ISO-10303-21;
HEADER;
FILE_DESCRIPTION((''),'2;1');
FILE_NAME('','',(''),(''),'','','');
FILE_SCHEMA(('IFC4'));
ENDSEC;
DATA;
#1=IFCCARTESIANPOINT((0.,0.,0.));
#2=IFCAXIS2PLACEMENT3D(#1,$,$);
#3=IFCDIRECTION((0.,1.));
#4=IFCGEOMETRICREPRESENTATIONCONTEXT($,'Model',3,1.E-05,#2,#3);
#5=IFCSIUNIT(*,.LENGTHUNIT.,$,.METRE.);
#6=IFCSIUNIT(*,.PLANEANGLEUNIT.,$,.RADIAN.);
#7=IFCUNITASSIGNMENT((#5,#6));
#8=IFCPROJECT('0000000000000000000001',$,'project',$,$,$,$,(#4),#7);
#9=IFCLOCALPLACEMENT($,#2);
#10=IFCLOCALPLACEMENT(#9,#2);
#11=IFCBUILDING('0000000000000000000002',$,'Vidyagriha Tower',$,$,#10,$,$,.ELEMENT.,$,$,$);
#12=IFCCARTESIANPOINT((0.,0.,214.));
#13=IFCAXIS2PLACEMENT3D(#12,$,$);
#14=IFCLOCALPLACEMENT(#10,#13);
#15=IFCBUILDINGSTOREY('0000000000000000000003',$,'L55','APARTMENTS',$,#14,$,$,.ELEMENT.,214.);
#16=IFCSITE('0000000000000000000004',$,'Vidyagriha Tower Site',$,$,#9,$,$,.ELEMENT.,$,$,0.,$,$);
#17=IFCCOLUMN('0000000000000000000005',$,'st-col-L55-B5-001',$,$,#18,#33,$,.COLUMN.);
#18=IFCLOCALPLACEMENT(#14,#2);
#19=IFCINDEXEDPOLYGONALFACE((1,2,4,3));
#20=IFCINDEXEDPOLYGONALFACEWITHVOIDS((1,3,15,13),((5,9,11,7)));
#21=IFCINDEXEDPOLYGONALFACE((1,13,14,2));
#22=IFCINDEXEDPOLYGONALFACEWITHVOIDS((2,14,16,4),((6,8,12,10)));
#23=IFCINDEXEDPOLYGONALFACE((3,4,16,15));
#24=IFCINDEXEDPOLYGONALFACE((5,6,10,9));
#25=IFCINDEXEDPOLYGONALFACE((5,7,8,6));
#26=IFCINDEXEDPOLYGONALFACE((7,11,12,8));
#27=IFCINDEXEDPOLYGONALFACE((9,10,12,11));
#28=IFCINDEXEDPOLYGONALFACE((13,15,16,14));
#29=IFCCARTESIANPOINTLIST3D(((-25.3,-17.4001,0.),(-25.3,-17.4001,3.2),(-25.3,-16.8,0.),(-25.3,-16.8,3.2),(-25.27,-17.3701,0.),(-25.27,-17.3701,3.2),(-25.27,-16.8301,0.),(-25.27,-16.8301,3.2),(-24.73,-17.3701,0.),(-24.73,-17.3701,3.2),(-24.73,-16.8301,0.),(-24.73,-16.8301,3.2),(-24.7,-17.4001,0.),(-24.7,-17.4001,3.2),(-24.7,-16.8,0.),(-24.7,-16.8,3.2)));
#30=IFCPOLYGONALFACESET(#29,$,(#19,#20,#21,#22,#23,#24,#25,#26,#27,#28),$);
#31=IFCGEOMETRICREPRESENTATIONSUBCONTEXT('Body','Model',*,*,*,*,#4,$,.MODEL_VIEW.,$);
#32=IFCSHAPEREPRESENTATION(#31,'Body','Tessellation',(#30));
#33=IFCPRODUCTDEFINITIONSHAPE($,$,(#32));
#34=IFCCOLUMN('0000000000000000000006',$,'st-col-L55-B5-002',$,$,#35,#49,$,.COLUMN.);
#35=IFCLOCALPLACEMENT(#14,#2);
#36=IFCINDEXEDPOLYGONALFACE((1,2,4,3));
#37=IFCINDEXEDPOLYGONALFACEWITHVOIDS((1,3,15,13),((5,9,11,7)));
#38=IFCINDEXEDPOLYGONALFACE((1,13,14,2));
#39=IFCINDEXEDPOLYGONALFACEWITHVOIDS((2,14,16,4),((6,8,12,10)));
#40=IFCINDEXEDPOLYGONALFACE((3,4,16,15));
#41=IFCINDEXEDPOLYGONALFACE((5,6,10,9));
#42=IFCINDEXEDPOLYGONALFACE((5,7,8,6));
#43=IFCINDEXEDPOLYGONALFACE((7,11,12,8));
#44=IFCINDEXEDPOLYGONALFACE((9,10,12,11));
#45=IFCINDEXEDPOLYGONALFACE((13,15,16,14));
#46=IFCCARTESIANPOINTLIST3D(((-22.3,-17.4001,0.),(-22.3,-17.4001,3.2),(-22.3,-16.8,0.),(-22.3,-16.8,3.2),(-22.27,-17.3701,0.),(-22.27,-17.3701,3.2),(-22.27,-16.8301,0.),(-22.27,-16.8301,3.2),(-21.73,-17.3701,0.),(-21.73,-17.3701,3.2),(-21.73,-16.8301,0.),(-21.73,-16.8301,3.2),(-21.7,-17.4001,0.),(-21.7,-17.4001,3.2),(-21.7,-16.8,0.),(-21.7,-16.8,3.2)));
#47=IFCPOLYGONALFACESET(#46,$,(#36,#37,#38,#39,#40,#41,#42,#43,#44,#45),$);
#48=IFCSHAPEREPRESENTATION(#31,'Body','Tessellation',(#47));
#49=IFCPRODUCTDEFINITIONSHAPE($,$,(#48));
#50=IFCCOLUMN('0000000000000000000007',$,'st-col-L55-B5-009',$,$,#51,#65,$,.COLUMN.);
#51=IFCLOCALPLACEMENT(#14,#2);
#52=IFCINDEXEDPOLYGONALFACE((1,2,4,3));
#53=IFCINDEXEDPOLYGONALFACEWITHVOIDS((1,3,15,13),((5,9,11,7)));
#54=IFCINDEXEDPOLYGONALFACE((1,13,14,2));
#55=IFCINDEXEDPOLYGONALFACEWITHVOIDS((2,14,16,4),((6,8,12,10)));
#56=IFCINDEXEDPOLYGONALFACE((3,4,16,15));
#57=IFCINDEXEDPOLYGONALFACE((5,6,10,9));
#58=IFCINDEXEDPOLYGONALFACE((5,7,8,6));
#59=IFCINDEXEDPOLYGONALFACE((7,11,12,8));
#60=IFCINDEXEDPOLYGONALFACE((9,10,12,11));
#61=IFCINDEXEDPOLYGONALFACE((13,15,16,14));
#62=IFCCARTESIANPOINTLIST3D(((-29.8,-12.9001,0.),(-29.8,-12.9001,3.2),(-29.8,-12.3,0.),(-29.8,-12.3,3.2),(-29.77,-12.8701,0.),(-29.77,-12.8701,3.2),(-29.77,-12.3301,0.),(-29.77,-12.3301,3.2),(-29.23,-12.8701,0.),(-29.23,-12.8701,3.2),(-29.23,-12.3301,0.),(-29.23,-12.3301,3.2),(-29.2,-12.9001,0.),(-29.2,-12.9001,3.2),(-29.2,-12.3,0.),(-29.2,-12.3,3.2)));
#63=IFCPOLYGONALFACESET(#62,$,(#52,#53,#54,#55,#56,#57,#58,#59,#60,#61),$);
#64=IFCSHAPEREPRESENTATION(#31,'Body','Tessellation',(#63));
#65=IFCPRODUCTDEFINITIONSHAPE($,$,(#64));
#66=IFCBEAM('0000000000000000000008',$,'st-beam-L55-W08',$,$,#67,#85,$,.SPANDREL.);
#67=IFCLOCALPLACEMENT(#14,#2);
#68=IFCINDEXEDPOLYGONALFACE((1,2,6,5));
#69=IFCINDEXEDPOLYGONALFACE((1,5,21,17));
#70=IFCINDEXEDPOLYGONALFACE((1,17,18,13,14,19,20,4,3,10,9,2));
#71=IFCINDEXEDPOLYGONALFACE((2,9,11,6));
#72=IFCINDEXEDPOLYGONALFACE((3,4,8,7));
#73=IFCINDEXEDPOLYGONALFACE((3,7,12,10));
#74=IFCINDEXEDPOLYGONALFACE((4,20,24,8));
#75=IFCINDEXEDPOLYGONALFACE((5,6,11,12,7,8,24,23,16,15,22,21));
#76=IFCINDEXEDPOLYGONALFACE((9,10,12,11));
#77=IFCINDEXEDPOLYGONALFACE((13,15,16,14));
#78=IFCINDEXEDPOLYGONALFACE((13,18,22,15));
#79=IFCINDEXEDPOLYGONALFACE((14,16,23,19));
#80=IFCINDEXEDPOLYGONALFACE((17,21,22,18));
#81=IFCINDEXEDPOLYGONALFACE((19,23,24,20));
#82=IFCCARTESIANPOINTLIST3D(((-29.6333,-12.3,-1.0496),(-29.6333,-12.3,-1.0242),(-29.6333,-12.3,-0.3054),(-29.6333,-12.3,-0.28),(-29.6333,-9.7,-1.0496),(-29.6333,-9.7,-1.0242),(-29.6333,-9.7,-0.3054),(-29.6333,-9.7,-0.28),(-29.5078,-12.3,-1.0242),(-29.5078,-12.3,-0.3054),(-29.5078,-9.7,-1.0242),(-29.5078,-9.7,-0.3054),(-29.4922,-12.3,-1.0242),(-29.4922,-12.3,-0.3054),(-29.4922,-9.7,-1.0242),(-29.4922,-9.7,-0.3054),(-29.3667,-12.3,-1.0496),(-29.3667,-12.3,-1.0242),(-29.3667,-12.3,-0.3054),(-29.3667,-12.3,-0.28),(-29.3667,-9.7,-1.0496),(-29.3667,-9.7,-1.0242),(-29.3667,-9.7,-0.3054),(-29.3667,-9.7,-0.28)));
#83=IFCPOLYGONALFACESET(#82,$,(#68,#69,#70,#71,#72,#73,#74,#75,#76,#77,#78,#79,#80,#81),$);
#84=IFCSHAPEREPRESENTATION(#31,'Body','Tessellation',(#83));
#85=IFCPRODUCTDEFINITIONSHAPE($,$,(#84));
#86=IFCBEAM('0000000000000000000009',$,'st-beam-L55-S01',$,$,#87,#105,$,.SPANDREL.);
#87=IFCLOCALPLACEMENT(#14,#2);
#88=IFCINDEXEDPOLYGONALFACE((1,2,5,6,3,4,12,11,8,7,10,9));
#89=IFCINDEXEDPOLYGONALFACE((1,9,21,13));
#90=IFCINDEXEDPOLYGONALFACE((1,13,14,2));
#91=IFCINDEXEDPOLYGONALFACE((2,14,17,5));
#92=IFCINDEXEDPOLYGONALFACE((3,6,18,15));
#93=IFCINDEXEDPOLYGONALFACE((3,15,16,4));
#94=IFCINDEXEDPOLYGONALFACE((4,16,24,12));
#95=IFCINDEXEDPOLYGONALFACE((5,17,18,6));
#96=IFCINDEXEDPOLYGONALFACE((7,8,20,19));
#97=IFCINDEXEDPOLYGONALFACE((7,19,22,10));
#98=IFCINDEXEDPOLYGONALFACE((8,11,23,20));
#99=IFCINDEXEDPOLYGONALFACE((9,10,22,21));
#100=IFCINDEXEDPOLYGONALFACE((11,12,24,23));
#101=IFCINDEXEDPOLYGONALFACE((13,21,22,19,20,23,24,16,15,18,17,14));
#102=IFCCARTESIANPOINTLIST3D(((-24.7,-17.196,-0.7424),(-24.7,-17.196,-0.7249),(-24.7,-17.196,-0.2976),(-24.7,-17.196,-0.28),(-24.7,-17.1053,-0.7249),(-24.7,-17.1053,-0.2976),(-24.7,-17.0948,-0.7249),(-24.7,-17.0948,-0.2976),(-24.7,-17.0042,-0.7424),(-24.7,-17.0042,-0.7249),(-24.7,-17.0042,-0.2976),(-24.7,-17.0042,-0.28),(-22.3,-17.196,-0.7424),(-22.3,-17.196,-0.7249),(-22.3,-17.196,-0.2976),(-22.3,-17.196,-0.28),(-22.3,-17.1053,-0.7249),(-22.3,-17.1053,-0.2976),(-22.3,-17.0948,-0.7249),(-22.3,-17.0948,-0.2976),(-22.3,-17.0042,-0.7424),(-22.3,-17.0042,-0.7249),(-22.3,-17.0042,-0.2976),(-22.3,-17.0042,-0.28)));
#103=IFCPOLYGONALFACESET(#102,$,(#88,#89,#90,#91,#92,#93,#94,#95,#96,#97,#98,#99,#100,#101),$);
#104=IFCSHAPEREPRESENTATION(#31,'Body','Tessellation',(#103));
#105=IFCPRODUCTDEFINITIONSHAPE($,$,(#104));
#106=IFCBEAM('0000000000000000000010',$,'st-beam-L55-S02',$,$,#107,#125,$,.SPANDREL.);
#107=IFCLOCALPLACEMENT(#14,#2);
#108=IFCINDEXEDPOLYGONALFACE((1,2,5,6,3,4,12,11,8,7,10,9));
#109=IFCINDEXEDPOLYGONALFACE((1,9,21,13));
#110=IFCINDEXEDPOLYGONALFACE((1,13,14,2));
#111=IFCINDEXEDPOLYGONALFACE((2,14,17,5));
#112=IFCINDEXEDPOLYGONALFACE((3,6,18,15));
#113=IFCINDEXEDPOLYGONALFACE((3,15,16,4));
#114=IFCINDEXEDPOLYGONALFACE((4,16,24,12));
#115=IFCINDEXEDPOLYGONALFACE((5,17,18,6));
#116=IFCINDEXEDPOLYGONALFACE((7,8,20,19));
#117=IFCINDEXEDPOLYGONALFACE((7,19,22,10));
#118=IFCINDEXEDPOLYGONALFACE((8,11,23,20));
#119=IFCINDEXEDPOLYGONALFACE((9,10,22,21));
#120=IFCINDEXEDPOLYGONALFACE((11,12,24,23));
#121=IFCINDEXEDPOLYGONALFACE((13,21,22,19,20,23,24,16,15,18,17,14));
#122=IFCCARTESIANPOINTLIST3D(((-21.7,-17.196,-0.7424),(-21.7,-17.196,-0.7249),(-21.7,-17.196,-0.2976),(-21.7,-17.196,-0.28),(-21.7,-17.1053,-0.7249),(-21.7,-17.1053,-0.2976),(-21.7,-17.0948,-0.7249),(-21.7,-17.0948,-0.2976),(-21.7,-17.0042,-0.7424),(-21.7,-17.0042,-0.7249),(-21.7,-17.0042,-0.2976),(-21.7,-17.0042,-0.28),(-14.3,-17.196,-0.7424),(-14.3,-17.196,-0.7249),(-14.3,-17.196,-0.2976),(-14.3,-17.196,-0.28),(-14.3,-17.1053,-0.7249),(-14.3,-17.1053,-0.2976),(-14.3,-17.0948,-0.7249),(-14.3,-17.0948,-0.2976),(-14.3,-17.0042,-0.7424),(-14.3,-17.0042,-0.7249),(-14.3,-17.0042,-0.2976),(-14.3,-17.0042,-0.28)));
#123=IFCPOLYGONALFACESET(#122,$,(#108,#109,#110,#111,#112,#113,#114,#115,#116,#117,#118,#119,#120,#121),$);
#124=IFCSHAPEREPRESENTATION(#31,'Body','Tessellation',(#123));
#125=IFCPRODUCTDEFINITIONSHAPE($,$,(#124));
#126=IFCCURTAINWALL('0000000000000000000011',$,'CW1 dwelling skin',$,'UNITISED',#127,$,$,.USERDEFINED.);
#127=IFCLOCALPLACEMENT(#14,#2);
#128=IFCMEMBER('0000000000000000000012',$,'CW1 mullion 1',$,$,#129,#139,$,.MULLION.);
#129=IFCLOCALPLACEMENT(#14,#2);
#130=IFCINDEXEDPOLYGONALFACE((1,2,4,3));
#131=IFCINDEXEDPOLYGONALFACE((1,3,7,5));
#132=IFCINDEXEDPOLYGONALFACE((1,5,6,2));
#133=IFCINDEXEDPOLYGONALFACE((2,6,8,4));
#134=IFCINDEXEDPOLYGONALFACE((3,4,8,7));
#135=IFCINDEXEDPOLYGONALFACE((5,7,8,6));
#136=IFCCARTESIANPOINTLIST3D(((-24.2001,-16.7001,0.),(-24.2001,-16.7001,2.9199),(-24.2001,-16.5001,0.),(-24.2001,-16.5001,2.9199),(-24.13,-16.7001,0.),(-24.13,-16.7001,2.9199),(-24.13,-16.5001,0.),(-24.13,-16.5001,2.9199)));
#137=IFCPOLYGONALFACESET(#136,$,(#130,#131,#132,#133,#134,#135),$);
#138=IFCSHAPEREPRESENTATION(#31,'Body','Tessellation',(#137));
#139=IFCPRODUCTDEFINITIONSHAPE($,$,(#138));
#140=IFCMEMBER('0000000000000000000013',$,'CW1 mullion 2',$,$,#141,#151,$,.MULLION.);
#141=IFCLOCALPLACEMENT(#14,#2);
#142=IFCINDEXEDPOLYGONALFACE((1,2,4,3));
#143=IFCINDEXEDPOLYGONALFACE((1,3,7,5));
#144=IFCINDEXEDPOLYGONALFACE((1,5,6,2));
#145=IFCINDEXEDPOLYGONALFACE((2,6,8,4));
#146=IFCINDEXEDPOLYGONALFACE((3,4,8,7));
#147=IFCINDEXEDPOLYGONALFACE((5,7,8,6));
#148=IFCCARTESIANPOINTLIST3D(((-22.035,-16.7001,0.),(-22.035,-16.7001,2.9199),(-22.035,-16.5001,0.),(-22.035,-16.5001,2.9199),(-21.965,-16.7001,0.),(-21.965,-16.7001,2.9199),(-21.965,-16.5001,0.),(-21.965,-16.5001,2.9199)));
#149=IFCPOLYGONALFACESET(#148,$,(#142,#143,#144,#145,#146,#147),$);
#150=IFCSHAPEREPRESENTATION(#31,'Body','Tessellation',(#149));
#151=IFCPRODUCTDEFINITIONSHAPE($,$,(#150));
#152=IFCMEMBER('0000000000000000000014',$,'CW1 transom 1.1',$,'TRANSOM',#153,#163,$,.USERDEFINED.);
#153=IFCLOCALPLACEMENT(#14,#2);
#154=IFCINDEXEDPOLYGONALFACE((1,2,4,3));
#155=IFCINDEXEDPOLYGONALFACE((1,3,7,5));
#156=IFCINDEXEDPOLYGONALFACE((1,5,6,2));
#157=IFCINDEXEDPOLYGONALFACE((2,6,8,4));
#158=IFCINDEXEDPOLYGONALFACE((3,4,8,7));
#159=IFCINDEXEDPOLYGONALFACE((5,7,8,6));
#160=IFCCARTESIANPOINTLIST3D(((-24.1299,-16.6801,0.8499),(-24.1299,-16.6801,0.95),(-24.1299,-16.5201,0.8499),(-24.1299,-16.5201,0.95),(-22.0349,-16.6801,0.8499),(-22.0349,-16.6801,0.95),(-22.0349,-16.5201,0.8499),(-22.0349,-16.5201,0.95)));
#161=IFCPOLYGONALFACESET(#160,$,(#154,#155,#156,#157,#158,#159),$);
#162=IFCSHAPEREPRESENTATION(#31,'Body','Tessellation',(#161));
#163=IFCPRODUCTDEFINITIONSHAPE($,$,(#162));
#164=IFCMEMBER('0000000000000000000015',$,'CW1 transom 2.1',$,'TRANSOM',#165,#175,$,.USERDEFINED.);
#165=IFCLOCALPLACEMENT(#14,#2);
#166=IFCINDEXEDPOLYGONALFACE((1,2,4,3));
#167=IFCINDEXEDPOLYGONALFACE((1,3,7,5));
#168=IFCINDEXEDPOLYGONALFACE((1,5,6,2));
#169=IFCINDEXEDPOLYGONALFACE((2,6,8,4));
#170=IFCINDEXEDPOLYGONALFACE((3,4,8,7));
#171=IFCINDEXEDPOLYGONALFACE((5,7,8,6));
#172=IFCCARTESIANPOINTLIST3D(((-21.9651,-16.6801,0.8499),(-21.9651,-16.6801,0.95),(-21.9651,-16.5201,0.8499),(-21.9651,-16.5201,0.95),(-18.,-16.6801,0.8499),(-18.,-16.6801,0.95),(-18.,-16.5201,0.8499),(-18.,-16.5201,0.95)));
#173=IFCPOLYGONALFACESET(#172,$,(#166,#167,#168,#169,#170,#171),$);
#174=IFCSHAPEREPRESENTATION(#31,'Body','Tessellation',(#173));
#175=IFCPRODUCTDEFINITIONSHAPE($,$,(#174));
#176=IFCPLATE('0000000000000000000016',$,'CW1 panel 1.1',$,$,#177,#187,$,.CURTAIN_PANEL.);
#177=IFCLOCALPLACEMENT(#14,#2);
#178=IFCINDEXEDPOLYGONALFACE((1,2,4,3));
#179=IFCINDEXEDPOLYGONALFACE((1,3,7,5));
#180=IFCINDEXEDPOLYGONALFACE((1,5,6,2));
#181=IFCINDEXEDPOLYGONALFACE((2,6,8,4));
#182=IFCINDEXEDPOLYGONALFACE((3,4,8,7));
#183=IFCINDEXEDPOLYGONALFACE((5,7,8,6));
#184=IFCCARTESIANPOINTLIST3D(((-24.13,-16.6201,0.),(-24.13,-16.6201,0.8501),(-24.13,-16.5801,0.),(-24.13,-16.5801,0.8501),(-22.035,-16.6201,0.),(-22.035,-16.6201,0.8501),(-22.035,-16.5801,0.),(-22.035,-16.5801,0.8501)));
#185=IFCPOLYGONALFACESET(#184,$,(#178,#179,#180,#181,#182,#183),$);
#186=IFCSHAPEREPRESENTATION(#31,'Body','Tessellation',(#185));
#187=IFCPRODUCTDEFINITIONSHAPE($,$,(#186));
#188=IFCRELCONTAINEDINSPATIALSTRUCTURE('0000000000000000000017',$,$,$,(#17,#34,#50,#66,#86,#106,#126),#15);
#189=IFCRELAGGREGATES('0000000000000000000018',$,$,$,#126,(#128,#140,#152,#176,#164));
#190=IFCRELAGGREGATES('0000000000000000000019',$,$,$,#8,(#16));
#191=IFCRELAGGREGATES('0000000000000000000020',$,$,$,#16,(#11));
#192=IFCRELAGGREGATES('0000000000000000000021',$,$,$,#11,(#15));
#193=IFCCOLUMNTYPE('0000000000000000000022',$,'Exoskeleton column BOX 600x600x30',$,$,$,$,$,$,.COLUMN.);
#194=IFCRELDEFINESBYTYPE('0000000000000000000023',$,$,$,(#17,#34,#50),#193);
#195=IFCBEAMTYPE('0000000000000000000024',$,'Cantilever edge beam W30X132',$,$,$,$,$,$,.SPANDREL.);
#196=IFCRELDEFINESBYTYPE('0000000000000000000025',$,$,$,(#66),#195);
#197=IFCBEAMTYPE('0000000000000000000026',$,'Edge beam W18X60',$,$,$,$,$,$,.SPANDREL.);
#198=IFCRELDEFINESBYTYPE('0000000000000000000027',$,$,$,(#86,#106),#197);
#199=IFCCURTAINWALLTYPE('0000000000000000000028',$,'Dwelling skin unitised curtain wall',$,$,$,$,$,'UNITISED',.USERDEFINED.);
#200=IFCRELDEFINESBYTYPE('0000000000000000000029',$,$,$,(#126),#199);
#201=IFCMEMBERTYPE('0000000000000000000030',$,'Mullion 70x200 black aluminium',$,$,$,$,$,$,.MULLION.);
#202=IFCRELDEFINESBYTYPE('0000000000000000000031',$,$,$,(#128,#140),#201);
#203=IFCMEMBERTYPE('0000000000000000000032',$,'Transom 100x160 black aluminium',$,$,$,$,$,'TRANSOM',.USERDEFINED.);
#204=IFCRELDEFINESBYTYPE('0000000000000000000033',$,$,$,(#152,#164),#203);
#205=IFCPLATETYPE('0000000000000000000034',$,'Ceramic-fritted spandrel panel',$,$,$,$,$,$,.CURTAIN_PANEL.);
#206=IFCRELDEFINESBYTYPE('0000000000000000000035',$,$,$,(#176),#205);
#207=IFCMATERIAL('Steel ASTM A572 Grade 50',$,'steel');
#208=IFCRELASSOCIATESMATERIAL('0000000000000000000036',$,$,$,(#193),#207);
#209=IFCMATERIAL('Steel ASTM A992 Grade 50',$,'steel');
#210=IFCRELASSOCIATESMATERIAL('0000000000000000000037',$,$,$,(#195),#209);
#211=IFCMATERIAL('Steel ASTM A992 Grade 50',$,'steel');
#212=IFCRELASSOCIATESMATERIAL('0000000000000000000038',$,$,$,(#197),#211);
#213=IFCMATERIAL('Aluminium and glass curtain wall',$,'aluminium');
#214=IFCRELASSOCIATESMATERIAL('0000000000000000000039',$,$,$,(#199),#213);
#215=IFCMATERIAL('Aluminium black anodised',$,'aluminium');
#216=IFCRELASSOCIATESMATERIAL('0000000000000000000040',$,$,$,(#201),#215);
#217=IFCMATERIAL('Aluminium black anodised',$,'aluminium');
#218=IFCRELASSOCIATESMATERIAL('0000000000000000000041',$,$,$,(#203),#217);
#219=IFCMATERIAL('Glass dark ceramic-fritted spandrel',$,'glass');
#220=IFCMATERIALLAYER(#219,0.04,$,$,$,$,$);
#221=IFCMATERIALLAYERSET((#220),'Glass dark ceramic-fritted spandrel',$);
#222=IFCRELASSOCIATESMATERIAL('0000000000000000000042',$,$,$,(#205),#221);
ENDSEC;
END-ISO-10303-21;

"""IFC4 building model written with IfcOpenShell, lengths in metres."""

from ifc_helpers import new_model, si_unit, direction, frame, origin, origin_2d, place, context, subcontext, project, spatial, rectangle, hollow_rectangle, i_section, extrude, material, layer, layer_set, material_profile, profile_set, type_object, element, aggregate, save


model = new_model("IFC4")

# Units and contexts
model_context = context("Model", 3, precision=1e-05, world=origin(), true_north=direction((0.0, 1.0)))
body_context = subcontext(model_context, "Body", "Model", "MODEL_VIEW")
ifc_project = project(units=[si_unit("LENGTHUNIT", "METRE"), si_unit("PLANEANGLEUNIT", "RADIAN")], contexts=[model_context])

# Site, building, storey
site_placement = place(None, origin())
site = spatial("IfcSite", under=ifc_project, at=site_placement, Name="Vidyagriha Tower Site", CompositionType="ELEMENT", RefElevation=0.0)
building_placement = place(site_placement, origin())
building = spatial("IfcBuilding", under=site, at=building_placement, Name="Vidyagriha Tower", CompositionType="ELEMENT")
storey_placement = place(building_placement, frame((0.0, 0.0, 214.0)))
storey = spatial("IfcBuildingStorey", under=building, at=storey_placement, Name="L55", Description="APARTMENTS", CompositionType="ELEMENT", Elevation=214.0)

# Columns
ifc_material_1 = material(Name="Steel ASTM A572 Grade 50", Category="steel")
ifc_material_profile_1 = material_profile(ifc_material_1, hollow_rectangle(XDim=0.6001, YDim=0.6001, WallThickness=0.03, at=origin_2d()), Name="BOX 600x600x30")
ifc_profile_set_1 = profile_set([ifc_material_profile_1], Name="Steel ASTM A572 Grade 50")
column_type = type_object("IfcColumnType", Name="Exoskeleton column BOX 600x600x30", PredefinedType="COLUMN", material=ifc_profile_set_1)
for number, where, name in (
    (1, (-25.0, -17.1001, 0.0), "st-col-L55-B5-001"),
    (2, (-22.0, -17.1001, 0.0), "st-col-L55-B5-002"),
    (3, (-29.5, -12.6001, 0.0), "st-col-L55-B5-009"),
):
    element("IfcColumn", number, at=place(storey_placement, frame(where)), inside=storey, type_object=column_type, Name=name, PredefinedType="COLUMN", context=body_context, shape_type="SweptSolid", body=[
        extrude(hollow_rectangle(XDim=0.6001, YDim=0.6001, WallThickness=0.03, at=origin_2d()), origin(), (0.0, 0.0, 1.0), 3.2),
    ])

# Beams
ifc_material_2 = material(Name="Steel ASTM A992 Grade 50", Category="steel")
ifc_material_profile_2 = material_profile(ifc_material_2, i_section(OverallWidth=0.2666, OverallDepth=0.7695, WebThickness=0.0156, FlangeThickness=0.0254, at=origin_2d()), Name="W30X132")
ifc_profile_set_2 = profile_set([ifc_material_profile_2], Name="Steel ASTM A992 Grade 50")
beam_type_1 = type_object("IfcBeamType", Name="Cantilever edge beam W30X132", PredefinedType="SPANDREL", material=ifc_profile_set_2)
beam_1_placement = place(storey_placement, frame((-29.5, -12.3, -0.6648), z_axis=(0.0, 1.0, 0.0), x_axis=(-1.0, 0.0, 0.0)))
element("IfcBeam", 4, at=beam_1_placement, inside=storey, type_object=beam_type_1, Name="st-beam-L55-W08", PredefinedType="SPANDREL", context=body_context, shape_type="SweptSolid", body=[
    extrude(i_section(OverallWidth=0.2666, OverallDepth=0.7695, WebThickness=0.0156, FlangeThickness=0.0254, at=origin_2d()), origin(), (0.0, 0.0, 1.0), 2.6001),
])
ifc_material_3 = material(Name="Steel ASTM A992 Grade 50", Category="steel")
ifc_material_profile_3 = material_profile(ifc_material_3, i_section(OverallWidth=0.1919, OverallDepth=0.4624, WebThickness=0.0105, FlangeThickness=0.0176, at=origin_2d()), Name="W18X60")
ifc_profile_set_3 = profile_set([ifc_material_profile_3], Name="Steel ASTM A992 Grade 50")
beam_type_2 = type_object("IfcBeamType", Name="Edge beam W18X60", PredefinedType="SPANDREL", material=ifc_profile_set_3)
beam_2_placement = place(storey_placement, frame((-24.7, -17.1001, -0.5112), z_axis=(1.0, 0.0, 0.0), x_axis=(0.0, 1.0, 0.0)))
element("IfcBeam", 5, at=beam_2_placement, inside=storey, type_object=beam_type_2, Name="st-beam-L55-S01", PredefinedType="SPANDREL", context=body_context, shape_type="SweptSolid", body=[
    extrude(i_section(OverallWidth=0.1919, OverallDepth=0.4624, WebThickness=0.0105, FlangeThickness=0.0176, at=origin_2d()), origin(), (0.0, 0.0, 1.0), 2.3999),
])
beam_3_placement = place(storey_placement, frame((-21.7, -17.1001, -0.5112), z_axis=(1.0, 0.0, 0.0), x_axis=(0.0, 1.0, 0.0)))
element("IfcBeam", 6, at=beam_3_placement, inside=storey, type_object=beam_type_2, Name="st-beam-L55-S02", PredefinedType="SPANDREL", context=body_context, shape_type="SweptSolid", body=[
    extrude(i_section(OverallWidth=0.1919, OverallDepth=0.4624, WebThickness=0.0105, FlangeThickness=0.0176, at=origin_2d()), origin(), (0.0, 0.0, 1.0), 7.3999),
])

# Curtain wall, members, plate
ifc_material_4 = material(Name="Aluminium and glass curtain wall", Category="aluminium")
curtain_wall_type = type_object("IfcCurtainWallType", Name="Dwelling skin unitised curtain wall", ElementType="UNITISED", PredefinedType="USERDEFINED", material=ifc_material_4)
curtain_wall_placement = place(storey_placement, origin())
curtain_wall = element("IfcCurtainWall", 7, at=curtain_wall_placement, inside=storey, type_object=curtain_wall_type, Name="CW1 dwelling skin", ObjectType="UNITISED", PredefinedType="USERDEFINED")
ifc_material_5 = material(Name="Aluminium black anodised", Category="aluminium")
ifc_material_profile_4 = material_profile(ifc_material_5, rectangle(XDim=0.2, YDim=0.0701, at=origin_2d()), Name="Mullion 70x200 black aluminium")
ifc_profile_set_4 = profile_set([ifc_material_profile_4], Name="Aluminium black anodised")
member_type_1 = type_object("IfcMemberType", Name="Mullion 70x200 black aluminium", PredefinedType="MULLION", material=ifc_profile_set_4)
member_1_placement = place(storey_placement, frame((-24.165, -16.6001, 0.0), z_axis=(0.0, 0.0, 1.0), x_axis=(0.0, 1.0, 0.0)))
member_1 = element("IfcMember", 8, at=member_1_placement, type_object=member_type_1, Name="CW1 mullion 1", PredefinedType="MULLION", context=body_context, shape_type="SweptSolid", body=[
    extrude(rectangle(XDim=0.2, YDim=0.0701, at=origin_2d()), origin(), (0.0, 0.0, 1.0), 2.9199),
])
member_2_placement = place(storey_placement, frame((-22.0, -16.6001, 0.0), z_axis=(0.0, 0.0, 1.0), x_axis=(0.0, 1.0, 0.0)))
member_2 = element("IfcMember", 9, at=member_2_placement, type_object=member_type_1, Name="CW1 mullion 2", PredefinedType="MULLION", context=body_context, shape_type="SweptSolid", body=[
    extrude(rectangle(XDim=0.2, YDim=0.0701, at=origin_2d()), origin(), (0.0, 0.0, 1.0), 2.9199),
])
ifc_material_6 = material(Name="Aluminium black anodised", Category="aluminium")
ifc_material_profile_5 = material_profile(ifc_material_6, rectangle(XDim=0.1599, YDim=0.1001, at=origin_2d()), Name="Transom 100x160 black aluminium")
ifc_profile_set_5 = profile_set([ifc_material_profile_5], Name="Aluminium black anodised")
member_type_2 = type_object("IfcMemberType", Name="Transom 100x160 black aluminium", ElementType="TRANSOM", PredefinedType="USERDEFINED", material=ifc_profile_set_5)
member_3_placement = place(storey_placement, frame((-24.1299, -16.6001, 0.8999), z_axis=(1.0, 0.0, 0.0), x_axis=(0.0, 1.0, 0.0)))
member_3 = element("IfcMember", 10, at=member_3_placement, type_object=member_type_2, Name="CW1 transom 1.1", ObjectType="TRANSOM", PredefinedType="USERDEFINED", context=body_context, shape_type="SweptSolid", body=[
    extrude(rectangle(XDim=0.1599, YDim=0.1001, at=origin_2d()), origin(), (0.0, 0.0, 1.0), 2.095),
])
member_4_placement = place(storey_placement, frame((-21.9651, -16.6001, 0.8999), z_axis=(1.0, 0.0, 0.0), x_axis=(0.0, 1.0, 0.0)))
member_4 = element("IfcMember", 11, at=member_4_placement, type_object=member_type_2, Name="CW1 transom 2.1", ObjectType="TRANSOM", PredefinedType="USERDEFINED", context=body_context, shape_type="SweptSolid", body=[
    extrude(rectangle(XDim=0.1599, YDim=0.1001, at=origin_2d()), origin(), (0.0, 0.0, 1.0), 3.9651),
])
ifc_material_7 = material(Name="Glass dark ceramic-fritted spandrel", Category="glass")
ifc_layer_1 = layer(ifc_material_7, 0.04)
ifc_layer_set_1 = layer_set([ifc_layer_1], Name="Glass dark ceramic-fritted spandrel")
plate_type_1 = type_object("IfcPlateType", Name="Ceramic-fritted spandrel panel", PredefinedType="CURTAIN_PANEL", material=ifc_layer_set_1)
plate_1_placement = place(storey_placement, frame((-23.0825, -16.6001, 0.0)))
plate_1 = element("IfcPlate", 12, at=plate_1_placement, type_object=plate_type_1, Name="CW1 panel 1.1", PredefinedType="CURTAIN_PANEL", context=body_context, shape_type="SweptSolid", body=[
    extrude(rectangle(XDim=2.095, YDim=0.04, at=origin_2d()), origin(), (0.0, 0.0, 1.0), 0.8501),
])
aggregate(curtain_wall, [member_1, member_2, member_3, plate_1, member_4])

save(model, "model.ifc")
